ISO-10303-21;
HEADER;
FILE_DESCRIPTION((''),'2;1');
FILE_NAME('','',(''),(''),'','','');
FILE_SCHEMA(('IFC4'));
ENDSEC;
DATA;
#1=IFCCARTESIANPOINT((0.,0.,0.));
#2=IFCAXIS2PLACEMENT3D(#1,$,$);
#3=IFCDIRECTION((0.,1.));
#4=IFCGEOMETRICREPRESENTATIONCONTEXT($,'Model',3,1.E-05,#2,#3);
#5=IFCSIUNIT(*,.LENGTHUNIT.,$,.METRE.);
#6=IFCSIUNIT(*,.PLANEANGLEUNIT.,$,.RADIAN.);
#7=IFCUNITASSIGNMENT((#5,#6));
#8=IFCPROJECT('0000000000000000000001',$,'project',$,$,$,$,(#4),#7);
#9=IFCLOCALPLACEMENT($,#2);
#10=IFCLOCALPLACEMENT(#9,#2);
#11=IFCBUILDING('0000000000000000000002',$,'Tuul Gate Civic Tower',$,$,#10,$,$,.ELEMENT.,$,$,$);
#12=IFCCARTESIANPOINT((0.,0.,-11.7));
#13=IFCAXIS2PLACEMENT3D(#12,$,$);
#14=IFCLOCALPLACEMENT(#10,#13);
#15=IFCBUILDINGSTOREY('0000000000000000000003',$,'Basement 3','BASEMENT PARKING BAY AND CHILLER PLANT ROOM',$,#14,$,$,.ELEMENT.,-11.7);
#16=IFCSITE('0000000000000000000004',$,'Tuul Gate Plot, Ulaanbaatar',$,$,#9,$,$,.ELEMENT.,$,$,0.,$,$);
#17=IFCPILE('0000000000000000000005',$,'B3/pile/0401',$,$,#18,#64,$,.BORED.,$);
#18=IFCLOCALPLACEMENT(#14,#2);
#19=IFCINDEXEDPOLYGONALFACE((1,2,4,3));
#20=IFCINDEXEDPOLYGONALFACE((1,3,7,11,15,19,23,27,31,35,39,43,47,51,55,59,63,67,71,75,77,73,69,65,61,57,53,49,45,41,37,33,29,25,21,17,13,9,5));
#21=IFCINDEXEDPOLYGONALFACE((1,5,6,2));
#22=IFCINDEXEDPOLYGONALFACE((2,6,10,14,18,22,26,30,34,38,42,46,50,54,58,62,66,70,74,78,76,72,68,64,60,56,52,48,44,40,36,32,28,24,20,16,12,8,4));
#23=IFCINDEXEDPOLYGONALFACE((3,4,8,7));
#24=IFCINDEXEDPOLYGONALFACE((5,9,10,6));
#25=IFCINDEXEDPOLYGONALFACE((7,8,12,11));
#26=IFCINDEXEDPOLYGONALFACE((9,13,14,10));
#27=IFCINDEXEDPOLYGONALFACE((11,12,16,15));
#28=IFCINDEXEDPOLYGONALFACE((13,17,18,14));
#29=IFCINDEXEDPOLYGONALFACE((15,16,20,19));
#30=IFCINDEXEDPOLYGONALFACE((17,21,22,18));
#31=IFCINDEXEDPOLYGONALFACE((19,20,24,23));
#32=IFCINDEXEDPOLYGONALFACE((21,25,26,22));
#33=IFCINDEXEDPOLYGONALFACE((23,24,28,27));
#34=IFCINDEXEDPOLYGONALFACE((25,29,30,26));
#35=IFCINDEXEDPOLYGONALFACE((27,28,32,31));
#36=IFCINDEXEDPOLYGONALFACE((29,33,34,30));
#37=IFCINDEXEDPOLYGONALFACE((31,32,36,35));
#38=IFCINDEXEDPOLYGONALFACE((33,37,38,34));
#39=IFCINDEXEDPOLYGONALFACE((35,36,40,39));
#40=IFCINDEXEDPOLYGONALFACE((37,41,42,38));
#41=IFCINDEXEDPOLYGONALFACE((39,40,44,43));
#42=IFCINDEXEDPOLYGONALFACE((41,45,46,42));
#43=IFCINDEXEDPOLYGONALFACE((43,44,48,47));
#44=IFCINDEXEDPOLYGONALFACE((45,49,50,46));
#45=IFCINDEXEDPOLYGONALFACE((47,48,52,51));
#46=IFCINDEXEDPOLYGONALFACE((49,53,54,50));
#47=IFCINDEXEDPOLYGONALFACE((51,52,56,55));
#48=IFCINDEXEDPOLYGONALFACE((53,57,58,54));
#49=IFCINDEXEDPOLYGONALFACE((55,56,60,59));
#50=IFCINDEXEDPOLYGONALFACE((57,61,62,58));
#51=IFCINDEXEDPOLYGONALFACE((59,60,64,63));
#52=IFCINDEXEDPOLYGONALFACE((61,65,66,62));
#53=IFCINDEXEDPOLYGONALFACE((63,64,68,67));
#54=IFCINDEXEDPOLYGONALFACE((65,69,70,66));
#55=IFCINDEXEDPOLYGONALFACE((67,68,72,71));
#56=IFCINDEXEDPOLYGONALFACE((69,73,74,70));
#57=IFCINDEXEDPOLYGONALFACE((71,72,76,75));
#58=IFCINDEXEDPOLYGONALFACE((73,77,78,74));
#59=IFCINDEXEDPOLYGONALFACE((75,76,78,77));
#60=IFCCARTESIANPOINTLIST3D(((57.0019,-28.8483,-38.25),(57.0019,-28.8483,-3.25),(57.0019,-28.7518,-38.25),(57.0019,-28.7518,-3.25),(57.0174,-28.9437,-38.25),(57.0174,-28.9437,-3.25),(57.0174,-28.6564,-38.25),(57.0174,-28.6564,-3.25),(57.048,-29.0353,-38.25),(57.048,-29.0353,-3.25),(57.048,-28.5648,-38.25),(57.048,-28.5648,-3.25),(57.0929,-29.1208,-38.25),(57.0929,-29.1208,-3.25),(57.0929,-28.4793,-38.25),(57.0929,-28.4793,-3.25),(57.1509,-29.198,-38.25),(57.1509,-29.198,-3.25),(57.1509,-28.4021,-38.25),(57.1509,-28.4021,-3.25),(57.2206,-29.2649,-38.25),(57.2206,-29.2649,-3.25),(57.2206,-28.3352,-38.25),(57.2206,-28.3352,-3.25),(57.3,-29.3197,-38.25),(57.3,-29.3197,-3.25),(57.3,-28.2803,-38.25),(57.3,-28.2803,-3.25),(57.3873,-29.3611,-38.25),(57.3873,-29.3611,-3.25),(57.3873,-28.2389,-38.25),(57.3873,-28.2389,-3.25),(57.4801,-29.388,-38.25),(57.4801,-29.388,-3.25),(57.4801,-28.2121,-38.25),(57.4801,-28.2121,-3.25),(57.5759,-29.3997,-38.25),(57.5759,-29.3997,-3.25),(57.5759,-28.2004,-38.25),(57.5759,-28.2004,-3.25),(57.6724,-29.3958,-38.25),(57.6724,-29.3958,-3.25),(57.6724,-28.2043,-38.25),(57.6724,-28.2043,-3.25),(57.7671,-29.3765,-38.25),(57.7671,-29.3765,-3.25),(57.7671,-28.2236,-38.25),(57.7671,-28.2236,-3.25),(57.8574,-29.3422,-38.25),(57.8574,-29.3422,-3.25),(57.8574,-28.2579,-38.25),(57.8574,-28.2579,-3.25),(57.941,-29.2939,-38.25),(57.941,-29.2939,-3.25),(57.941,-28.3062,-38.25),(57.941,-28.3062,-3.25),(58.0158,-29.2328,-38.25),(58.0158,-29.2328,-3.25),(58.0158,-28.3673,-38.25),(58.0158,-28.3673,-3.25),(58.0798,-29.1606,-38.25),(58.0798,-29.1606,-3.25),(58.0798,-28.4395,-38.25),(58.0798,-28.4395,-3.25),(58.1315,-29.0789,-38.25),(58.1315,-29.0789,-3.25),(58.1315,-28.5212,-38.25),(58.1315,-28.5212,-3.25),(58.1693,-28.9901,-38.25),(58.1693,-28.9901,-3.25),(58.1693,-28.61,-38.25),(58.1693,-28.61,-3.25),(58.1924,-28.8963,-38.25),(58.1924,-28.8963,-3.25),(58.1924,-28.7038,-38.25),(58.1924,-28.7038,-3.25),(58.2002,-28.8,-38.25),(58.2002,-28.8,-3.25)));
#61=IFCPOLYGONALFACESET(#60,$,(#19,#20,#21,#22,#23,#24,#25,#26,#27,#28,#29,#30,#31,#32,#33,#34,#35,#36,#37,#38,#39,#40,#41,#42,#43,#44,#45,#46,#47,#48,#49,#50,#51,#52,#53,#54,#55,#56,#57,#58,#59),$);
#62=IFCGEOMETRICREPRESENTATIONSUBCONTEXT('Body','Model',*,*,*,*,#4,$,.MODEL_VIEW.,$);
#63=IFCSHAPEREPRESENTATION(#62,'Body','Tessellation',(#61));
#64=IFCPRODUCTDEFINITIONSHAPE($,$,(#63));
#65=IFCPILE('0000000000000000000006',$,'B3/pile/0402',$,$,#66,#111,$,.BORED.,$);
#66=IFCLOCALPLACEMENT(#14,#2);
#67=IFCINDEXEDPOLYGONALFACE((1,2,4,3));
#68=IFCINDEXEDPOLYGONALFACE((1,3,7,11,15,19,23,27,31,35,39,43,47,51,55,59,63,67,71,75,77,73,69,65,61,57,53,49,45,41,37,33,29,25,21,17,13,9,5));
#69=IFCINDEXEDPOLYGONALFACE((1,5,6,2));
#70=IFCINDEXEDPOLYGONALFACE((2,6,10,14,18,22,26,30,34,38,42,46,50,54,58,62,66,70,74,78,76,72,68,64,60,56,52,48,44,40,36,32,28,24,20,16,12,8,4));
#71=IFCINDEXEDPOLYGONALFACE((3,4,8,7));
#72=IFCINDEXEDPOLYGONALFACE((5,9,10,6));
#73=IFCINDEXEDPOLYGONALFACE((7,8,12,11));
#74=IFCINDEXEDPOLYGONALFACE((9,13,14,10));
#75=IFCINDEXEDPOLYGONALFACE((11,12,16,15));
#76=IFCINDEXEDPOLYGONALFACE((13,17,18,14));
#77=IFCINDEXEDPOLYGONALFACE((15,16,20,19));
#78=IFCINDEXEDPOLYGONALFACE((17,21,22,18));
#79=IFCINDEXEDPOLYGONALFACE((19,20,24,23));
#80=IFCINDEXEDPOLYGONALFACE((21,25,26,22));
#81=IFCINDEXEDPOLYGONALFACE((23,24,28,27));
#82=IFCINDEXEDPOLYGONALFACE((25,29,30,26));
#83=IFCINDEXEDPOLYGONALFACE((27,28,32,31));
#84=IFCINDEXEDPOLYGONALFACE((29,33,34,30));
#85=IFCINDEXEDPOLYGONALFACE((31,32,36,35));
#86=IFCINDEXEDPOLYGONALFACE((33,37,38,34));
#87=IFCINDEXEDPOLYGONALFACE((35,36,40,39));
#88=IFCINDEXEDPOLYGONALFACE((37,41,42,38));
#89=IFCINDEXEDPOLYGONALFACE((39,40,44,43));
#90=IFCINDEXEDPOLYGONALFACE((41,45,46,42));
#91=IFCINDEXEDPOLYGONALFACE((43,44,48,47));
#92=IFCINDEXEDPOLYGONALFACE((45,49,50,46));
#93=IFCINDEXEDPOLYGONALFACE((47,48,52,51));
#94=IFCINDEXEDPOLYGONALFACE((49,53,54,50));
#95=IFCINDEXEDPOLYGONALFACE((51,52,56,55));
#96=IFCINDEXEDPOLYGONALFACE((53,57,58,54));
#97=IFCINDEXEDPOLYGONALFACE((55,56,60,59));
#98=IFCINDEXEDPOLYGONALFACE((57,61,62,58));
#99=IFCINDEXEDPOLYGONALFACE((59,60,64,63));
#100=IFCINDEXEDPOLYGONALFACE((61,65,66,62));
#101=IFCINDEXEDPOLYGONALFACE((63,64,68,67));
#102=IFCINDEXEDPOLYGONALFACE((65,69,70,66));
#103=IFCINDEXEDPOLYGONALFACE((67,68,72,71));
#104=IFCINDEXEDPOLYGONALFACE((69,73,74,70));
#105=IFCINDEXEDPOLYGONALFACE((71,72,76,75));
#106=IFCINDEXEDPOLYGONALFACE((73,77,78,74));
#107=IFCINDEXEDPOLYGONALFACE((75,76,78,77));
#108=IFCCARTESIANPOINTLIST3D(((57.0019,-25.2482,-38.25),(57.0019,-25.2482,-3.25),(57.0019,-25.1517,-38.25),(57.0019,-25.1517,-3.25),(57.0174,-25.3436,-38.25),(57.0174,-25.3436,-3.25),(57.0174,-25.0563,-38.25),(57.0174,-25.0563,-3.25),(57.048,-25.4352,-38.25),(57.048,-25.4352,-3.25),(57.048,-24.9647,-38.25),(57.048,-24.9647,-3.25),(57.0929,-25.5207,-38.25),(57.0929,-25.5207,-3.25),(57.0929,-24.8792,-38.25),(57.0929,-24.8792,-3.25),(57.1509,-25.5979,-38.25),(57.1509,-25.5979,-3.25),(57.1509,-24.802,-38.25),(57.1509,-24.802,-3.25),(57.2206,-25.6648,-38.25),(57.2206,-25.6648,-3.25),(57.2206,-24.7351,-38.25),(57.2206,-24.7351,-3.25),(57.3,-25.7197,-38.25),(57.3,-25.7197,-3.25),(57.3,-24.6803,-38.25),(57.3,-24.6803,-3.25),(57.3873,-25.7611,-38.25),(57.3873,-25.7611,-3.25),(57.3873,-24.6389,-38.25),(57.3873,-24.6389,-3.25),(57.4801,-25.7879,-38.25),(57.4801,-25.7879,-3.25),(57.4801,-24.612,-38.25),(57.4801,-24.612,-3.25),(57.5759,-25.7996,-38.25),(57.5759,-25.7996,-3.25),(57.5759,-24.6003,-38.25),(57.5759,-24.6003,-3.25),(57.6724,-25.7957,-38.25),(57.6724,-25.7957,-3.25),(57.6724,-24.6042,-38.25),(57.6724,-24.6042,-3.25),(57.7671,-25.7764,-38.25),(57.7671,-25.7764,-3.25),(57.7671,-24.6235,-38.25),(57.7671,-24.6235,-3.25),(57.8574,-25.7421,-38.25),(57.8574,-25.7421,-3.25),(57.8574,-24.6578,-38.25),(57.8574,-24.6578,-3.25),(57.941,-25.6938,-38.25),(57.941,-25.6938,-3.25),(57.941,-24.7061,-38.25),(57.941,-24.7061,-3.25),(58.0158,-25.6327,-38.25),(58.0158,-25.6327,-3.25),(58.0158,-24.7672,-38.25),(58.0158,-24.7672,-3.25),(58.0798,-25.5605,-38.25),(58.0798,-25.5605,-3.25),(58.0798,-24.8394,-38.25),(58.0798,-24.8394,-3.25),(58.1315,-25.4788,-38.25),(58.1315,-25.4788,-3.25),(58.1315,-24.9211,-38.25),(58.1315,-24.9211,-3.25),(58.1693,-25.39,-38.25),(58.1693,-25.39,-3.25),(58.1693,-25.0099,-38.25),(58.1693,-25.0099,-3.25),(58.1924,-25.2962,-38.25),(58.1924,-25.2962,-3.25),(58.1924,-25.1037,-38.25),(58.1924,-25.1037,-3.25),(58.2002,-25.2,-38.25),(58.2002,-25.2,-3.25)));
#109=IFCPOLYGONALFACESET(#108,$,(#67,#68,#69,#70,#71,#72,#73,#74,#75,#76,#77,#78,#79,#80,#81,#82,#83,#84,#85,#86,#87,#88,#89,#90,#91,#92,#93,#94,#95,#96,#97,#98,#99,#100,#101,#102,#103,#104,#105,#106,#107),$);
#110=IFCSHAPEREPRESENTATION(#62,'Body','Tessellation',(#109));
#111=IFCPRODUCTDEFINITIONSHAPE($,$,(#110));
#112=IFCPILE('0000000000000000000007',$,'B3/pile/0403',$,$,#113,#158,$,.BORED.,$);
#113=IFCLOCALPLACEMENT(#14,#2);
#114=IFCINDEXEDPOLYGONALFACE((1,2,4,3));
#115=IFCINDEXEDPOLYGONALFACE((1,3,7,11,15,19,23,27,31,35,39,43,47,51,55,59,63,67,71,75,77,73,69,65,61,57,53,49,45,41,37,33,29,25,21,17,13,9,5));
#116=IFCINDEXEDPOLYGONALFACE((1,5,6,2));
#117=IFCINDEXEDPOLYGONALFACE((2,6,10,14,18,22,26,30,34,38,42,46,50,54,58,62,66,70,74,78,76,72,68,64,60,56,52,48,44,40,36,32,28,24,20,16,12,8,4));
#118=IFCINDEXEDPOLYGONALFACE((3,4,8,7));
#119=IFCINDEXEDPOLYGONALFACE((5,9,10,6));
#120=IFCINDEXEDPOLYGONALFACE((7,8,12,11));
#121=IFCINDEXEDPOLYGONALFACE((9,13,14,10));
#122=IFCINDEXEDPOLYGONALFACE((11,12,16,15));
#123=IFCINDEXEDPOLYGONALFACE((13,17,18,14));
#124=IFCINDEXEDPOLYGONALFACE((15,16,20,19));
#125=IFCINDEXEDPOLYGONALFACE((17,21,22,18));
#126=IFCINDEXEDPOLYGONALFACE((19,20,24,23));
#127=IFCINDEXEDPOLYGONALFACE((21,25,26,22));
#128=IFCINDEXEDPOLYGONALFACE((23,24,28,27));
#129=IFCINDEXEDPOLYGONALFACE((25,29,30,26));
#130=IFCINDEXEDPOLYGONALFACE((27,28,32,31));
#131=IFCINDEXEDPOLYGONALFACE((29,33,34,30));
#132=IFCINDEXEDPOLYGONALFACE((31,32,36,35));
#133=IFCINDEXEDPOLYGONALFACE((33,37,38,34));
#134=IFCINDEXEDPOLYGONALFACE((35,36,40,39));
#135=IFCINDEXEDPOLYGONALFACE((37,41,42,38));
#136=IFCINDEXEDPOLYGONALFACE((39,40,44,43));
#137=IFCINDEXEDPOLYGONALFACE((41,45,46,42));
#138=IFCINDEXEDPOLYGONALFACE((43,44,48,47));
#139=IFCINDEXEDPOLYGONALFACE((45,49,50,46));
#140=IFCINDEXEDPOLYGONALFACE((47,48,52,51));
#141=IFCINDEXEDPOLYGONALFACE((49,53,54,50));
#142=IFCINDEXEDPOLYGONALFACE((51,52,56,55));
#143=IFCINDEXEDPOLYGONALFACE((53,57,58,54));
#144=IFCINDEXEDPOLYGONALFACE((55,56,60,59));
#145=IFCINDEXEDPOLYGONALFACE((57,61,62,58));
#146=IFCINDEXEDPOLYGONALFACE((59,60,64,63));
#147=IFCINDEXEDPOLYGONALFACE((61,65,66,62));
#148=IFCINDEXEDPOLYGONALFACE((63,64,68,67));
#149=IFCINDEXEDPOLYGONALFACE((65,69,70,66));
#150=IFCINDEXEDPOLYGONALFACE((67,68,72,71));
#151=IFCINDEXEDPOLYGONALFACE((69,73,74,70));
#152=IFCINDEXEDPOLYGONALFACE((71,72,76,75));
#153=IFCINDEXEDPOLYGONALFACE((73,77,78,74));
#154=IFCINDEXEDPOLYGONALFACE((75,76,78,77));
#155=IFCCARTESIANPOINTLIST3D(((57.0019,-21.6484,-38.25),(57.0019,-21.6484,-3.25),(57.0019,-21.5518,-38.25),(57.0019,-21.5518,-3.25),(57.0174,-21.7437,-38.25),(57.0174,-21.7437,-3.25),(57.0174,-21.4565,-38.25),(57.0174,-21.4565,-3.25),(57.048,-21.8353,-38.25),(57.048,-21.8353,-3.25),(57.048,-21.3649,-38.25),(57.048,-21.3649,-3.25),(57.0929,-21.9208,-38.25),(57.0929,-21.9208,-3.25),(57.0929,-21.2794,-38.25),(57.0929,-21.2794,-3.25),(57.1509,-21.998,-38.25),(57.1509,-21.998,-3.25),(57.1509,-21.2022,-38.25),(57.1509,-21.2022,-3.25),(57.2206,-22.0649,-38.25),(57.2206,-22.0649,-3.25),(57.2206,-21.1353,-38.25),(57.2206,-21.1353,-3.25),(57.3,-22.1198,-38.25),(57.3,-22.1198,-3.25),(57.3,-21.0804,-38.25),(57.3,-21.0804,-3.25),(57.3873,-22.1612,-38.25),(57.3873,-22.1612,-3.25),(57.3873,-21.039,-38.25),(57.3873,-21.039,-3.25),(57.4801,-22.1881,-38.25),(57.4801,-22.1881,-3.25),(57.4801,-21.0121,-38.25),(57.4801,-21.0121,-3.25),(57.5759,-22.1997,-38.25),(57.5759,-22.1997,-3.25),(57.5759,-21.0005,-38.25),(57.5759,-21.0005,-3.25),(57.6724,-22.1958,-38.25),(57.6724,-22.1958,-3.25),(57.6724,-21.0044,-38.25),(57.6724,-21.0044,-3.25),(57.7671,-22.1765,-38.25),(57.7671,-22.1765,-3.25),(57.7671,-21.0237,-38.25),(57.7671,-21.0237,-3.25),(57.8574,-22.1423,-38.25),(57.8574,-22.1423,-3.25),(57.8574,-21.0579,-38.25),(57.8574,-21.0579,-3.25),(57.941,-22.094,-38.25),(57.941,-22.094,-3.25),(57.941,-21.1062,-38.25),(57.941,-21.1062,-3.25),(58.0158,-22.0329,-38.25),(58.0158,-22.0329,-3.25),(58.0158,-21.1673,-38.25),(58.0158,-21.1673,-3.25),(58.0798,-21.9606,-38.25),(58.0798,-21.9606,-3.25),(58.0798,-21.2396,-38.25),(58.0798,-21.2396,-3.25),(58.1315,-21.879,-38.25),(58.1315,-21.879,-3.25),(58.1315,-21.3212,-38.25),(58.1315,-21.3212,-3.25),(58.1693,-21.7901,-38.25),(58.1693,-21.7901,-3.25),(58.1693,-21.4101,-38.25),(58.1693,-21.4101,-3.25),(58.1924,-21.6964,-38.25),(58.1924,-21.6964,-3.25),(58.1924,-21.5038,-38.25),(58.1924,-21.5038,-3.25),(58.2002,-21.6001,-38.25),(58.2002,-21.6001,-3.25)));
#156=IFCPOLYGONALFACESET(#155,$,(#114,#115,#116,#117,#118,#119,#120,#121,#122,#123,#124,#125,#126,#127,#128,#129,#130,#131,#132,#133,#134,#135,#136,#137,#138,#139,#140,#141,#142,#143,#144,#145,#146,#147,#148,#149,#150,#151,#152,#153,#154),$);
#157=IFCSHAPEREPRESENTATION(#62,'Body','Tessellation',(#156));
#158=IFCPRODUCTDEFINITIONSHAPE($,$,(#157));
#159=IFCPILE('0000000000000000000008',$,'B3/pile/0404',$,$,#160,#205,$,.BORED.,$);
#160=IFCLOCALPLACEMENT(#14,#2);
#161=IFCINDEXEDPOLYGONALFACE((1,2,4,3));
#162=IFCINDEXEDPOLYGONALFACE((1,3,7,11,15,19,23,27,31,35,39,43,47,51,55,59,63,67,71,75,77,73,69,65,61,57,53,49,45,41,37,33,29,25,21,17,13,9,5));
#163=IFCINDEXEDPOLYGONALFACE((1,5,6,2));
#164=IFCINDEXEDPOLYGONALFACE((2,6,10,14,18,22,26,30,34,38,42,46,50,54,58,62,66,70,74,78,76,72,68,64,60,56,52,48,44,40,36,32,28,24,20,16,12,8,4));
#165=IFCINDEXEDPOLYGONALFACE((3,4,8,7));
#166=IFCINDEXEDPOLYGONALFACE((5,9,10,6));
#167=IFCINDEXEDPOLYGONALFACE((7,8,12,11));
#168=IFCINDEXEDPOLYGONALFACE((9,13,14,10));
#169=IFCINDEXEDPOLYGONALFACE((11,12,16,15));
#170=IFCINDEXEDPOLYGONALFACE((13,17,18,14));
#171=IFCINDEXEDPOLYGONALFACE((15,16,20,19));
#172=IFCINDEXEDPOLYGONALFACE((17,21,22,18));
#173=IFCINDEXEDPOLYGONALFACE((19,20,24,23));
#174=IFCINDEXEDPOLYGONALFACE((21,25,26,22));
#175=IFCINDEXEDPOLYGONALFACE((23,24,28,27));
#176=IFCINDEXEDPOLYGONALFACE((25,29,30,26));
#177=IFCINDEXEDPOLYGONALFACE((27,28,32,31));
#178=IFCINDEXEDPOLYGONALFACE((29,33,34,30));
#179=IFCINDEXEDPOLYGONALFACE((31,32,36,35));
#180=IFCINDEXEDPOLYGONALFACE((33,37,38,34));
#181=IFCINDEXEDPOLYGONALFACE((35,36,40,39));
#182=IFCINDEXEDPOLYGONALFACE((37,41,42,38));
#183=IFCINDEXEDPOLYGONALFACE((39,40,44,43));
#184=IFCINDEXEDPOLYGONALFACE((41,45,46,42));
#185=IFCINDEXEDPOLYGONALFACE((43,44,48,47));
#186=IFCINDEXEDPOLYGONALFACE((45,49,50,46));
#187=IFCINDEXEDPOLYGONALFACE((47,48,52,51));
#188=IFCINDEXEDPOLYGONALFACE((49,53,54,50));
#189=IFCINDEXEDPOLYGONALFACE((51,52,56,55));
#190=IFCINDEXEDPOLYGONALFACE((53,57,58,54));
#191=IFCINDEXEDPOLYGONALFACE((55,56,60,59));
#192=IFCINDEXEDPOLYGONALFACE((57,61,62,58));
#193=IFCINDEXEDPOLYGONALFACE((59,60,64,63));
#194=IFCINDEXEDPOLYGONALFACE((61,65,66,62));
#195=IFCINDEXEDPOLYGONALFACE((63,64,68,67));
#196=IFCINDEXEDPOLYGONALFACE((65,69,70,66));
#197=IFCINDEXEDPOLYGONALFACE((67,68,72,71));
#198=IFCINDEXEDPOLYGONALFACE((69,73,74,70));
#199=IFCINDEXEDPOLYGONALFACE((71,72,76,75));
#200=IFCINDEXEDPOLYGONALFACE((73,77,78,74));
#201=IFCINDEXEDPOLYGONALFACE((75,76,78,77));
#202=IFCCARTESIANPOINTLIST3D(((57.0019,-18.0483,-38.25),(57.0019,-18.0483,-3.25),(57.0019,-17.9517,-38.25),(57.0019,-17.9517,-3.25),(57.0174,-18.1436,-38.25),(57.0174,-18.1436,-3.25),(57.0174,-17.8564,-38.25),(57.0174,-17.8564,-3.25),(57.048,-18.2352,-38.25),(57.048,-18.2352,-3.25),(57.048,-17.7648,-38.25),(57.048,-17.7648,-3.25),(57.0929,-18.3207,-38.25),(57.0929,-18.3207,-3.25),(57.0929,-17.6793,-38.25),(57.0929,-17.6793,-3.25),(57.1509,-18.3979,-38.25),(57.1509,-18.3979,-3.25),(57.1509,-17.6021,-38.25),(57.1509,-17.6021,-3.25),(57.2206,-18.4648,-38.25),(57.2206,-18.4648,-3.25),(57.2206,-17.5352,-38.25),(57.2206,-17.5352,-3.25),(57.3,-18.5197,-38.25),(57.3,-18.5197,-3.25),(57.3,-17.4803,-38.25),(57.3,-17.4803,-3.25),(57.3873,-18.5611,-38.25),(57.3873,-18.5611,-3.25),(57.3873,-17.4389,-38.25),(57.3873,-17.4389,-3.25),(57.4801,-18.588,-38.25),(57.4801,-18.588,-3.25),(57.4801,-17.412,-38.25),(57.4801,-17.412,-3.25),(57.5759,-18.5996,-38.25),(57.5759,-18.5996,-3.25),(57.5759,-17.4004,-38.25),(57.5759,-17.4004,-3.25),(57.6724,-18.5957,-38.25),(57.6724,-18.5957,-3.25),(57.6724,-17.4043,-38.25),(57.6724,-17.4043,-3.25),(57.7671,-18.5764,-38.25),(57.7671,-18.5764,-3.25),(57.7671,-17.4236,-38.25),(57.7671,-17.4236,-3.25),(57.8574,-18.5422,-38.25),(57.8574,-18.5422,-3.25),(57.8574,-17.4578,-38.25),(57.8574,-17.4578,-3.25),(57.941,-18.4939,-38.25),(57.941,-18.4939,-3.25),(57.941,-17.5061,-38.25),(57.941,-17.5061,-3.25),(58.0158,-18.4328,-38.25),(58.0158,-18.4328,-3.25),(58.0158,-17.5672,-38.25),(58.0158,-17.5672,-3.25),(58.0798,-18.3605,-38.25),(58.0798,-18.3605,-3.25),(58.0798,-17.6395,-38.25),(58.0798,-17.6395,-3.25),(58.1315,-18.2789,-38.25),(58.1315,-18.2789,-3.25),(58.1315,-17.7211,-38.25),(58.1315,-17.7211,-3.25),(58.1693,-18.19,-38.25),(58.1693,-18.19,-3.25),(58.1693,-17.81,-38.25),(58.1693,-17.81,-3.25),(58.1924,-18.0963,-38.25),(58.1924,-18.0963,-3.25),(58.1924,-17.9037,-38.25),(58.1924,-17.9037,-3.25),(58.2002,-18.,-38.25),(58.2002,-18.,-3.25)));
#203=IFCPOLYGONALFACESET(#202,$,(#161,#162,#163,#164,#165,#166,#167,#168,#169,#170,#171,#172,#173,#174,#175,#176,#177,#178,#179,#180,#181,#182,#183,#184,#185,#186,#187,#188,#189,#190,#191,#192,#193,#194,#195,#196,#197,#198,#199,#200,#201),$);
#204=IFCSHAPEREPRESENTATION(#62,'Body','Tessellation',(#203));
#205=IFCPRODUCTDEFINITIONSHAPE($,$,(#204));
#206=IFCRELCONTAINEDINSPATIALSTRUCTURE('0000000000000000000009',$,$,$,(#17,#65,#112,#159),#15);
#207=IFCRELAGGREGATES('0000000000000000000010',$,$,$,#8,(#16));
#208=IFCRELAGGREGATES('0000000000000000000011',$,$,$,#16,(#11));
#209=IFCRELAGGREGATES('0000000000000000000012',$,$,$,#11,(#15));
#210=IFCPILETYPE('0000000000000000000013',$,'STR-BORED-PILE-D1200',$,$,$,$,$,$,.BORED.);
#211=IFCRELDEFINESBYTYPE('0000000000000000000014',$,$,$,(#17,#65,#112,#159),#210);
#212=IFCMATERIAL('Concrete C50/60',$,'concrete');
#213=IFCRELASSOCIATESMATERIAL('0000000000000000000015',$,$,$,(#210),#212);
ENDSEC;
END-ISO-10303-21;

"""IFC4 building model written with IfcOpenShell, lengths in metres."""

from ifc_helpers import new_model, si_unit, direction, frame, origin, origin_2d, place, context, subcontext, project, spatial, circle, extrude, material, material_profile, profile_set, type_object, element, save


model = new_model("IFC4")

# Units and contexts
model_context = context("Model", 3, precision=1e-05, world=origin(), true_north=direction((0.0, 1.0)))
body_context = subcontext(model_context, "Body", "Model", "MODEL_VIEW")
ifc_project = project(units=[si_unit("LENGTHUNIT", "METRE"), si_unit("PLANEANGLEUNIT", "RADIAN")], contexts=[model_context])

# Site, building, storey
site_placement = place(None, origin())
site = spatial("IfcSite", under=ifc_project, at=site_placement, Name="Tuul Gate Plot, Ulaanbaatar", CompositionType="ELEMENT", RefElevation=0.0)
building_placement = place(site_placement, origin())
building = spatial("IfcBuilding", under=site, at=building_placement, Name="Tuul Gate Civic Tower", CompositionType="ELEMENT")
storey_placement = place(building_placement, frame((0.0, 0.0, -11.7)))
storey = spatial("IfcBuildingStorey", under=building, at=storey_placement, Name="Basement 3", Description="BASEMENT PARKING BAY AND CHILLER PLANT ROOM", CompositionType="ELEMENT", Elevation=-11.7)

# Piles
ifc_material_1 = material(Name="Concrete C50/60", Category="concrete")
ifc_material_profile_1 = material_profile(ifc_material_1, circle(Radius=0.6001, at=origin_2d()), Name="PILE1200")
ifc_profile_set_1 = profile_set([ifc_material_profile_1], Name="Concrete C50/60")
pile_type = type_object("IfcPileType", Name="STR-BORED-PILE-D1200", PredefinedType="BORED", material=ifc_profile_set_1)
for number, where, z_axis, x_axis, name in (
    (1, (57.6001, -28.8, -3.25), (0.0, 0.0, -1.0), (1.0, 0.0, 0.0), "B3/pile/0401"),
    (2, (57.6001, -25.2, -3.25), (0.0, 0.0, -1.0), (1.0, 0.0, 0.0), "B3/pile/0402"),
    (3, (57.6001, -21.6001, -3.25), (0.0, 0.0, -1.0), (1.0, 0.0, 0.0), "B3/pile/0403"),
    (4, (57.6001, -18.0, -3.25), (0.0, 0.0, -1.0), (1.0, 0.0, 0.0), "B3/pile/0404"),
):
    element("IfcPile", number, at=place(storey_placement, frame(where, z_axis=z_axis, x_axis=x_axis)), inside=storey, type_object=pile_type, Name=name, PredefinedType="BORED", context=body_context, shape_type="SweptSolid", body=[
        extrude(circle(Radius=0.6001, at=origin_2d()), origin(), (0.0, 0.0, 1.0), 35.0),
    ])

save(model, "model.ifc")
